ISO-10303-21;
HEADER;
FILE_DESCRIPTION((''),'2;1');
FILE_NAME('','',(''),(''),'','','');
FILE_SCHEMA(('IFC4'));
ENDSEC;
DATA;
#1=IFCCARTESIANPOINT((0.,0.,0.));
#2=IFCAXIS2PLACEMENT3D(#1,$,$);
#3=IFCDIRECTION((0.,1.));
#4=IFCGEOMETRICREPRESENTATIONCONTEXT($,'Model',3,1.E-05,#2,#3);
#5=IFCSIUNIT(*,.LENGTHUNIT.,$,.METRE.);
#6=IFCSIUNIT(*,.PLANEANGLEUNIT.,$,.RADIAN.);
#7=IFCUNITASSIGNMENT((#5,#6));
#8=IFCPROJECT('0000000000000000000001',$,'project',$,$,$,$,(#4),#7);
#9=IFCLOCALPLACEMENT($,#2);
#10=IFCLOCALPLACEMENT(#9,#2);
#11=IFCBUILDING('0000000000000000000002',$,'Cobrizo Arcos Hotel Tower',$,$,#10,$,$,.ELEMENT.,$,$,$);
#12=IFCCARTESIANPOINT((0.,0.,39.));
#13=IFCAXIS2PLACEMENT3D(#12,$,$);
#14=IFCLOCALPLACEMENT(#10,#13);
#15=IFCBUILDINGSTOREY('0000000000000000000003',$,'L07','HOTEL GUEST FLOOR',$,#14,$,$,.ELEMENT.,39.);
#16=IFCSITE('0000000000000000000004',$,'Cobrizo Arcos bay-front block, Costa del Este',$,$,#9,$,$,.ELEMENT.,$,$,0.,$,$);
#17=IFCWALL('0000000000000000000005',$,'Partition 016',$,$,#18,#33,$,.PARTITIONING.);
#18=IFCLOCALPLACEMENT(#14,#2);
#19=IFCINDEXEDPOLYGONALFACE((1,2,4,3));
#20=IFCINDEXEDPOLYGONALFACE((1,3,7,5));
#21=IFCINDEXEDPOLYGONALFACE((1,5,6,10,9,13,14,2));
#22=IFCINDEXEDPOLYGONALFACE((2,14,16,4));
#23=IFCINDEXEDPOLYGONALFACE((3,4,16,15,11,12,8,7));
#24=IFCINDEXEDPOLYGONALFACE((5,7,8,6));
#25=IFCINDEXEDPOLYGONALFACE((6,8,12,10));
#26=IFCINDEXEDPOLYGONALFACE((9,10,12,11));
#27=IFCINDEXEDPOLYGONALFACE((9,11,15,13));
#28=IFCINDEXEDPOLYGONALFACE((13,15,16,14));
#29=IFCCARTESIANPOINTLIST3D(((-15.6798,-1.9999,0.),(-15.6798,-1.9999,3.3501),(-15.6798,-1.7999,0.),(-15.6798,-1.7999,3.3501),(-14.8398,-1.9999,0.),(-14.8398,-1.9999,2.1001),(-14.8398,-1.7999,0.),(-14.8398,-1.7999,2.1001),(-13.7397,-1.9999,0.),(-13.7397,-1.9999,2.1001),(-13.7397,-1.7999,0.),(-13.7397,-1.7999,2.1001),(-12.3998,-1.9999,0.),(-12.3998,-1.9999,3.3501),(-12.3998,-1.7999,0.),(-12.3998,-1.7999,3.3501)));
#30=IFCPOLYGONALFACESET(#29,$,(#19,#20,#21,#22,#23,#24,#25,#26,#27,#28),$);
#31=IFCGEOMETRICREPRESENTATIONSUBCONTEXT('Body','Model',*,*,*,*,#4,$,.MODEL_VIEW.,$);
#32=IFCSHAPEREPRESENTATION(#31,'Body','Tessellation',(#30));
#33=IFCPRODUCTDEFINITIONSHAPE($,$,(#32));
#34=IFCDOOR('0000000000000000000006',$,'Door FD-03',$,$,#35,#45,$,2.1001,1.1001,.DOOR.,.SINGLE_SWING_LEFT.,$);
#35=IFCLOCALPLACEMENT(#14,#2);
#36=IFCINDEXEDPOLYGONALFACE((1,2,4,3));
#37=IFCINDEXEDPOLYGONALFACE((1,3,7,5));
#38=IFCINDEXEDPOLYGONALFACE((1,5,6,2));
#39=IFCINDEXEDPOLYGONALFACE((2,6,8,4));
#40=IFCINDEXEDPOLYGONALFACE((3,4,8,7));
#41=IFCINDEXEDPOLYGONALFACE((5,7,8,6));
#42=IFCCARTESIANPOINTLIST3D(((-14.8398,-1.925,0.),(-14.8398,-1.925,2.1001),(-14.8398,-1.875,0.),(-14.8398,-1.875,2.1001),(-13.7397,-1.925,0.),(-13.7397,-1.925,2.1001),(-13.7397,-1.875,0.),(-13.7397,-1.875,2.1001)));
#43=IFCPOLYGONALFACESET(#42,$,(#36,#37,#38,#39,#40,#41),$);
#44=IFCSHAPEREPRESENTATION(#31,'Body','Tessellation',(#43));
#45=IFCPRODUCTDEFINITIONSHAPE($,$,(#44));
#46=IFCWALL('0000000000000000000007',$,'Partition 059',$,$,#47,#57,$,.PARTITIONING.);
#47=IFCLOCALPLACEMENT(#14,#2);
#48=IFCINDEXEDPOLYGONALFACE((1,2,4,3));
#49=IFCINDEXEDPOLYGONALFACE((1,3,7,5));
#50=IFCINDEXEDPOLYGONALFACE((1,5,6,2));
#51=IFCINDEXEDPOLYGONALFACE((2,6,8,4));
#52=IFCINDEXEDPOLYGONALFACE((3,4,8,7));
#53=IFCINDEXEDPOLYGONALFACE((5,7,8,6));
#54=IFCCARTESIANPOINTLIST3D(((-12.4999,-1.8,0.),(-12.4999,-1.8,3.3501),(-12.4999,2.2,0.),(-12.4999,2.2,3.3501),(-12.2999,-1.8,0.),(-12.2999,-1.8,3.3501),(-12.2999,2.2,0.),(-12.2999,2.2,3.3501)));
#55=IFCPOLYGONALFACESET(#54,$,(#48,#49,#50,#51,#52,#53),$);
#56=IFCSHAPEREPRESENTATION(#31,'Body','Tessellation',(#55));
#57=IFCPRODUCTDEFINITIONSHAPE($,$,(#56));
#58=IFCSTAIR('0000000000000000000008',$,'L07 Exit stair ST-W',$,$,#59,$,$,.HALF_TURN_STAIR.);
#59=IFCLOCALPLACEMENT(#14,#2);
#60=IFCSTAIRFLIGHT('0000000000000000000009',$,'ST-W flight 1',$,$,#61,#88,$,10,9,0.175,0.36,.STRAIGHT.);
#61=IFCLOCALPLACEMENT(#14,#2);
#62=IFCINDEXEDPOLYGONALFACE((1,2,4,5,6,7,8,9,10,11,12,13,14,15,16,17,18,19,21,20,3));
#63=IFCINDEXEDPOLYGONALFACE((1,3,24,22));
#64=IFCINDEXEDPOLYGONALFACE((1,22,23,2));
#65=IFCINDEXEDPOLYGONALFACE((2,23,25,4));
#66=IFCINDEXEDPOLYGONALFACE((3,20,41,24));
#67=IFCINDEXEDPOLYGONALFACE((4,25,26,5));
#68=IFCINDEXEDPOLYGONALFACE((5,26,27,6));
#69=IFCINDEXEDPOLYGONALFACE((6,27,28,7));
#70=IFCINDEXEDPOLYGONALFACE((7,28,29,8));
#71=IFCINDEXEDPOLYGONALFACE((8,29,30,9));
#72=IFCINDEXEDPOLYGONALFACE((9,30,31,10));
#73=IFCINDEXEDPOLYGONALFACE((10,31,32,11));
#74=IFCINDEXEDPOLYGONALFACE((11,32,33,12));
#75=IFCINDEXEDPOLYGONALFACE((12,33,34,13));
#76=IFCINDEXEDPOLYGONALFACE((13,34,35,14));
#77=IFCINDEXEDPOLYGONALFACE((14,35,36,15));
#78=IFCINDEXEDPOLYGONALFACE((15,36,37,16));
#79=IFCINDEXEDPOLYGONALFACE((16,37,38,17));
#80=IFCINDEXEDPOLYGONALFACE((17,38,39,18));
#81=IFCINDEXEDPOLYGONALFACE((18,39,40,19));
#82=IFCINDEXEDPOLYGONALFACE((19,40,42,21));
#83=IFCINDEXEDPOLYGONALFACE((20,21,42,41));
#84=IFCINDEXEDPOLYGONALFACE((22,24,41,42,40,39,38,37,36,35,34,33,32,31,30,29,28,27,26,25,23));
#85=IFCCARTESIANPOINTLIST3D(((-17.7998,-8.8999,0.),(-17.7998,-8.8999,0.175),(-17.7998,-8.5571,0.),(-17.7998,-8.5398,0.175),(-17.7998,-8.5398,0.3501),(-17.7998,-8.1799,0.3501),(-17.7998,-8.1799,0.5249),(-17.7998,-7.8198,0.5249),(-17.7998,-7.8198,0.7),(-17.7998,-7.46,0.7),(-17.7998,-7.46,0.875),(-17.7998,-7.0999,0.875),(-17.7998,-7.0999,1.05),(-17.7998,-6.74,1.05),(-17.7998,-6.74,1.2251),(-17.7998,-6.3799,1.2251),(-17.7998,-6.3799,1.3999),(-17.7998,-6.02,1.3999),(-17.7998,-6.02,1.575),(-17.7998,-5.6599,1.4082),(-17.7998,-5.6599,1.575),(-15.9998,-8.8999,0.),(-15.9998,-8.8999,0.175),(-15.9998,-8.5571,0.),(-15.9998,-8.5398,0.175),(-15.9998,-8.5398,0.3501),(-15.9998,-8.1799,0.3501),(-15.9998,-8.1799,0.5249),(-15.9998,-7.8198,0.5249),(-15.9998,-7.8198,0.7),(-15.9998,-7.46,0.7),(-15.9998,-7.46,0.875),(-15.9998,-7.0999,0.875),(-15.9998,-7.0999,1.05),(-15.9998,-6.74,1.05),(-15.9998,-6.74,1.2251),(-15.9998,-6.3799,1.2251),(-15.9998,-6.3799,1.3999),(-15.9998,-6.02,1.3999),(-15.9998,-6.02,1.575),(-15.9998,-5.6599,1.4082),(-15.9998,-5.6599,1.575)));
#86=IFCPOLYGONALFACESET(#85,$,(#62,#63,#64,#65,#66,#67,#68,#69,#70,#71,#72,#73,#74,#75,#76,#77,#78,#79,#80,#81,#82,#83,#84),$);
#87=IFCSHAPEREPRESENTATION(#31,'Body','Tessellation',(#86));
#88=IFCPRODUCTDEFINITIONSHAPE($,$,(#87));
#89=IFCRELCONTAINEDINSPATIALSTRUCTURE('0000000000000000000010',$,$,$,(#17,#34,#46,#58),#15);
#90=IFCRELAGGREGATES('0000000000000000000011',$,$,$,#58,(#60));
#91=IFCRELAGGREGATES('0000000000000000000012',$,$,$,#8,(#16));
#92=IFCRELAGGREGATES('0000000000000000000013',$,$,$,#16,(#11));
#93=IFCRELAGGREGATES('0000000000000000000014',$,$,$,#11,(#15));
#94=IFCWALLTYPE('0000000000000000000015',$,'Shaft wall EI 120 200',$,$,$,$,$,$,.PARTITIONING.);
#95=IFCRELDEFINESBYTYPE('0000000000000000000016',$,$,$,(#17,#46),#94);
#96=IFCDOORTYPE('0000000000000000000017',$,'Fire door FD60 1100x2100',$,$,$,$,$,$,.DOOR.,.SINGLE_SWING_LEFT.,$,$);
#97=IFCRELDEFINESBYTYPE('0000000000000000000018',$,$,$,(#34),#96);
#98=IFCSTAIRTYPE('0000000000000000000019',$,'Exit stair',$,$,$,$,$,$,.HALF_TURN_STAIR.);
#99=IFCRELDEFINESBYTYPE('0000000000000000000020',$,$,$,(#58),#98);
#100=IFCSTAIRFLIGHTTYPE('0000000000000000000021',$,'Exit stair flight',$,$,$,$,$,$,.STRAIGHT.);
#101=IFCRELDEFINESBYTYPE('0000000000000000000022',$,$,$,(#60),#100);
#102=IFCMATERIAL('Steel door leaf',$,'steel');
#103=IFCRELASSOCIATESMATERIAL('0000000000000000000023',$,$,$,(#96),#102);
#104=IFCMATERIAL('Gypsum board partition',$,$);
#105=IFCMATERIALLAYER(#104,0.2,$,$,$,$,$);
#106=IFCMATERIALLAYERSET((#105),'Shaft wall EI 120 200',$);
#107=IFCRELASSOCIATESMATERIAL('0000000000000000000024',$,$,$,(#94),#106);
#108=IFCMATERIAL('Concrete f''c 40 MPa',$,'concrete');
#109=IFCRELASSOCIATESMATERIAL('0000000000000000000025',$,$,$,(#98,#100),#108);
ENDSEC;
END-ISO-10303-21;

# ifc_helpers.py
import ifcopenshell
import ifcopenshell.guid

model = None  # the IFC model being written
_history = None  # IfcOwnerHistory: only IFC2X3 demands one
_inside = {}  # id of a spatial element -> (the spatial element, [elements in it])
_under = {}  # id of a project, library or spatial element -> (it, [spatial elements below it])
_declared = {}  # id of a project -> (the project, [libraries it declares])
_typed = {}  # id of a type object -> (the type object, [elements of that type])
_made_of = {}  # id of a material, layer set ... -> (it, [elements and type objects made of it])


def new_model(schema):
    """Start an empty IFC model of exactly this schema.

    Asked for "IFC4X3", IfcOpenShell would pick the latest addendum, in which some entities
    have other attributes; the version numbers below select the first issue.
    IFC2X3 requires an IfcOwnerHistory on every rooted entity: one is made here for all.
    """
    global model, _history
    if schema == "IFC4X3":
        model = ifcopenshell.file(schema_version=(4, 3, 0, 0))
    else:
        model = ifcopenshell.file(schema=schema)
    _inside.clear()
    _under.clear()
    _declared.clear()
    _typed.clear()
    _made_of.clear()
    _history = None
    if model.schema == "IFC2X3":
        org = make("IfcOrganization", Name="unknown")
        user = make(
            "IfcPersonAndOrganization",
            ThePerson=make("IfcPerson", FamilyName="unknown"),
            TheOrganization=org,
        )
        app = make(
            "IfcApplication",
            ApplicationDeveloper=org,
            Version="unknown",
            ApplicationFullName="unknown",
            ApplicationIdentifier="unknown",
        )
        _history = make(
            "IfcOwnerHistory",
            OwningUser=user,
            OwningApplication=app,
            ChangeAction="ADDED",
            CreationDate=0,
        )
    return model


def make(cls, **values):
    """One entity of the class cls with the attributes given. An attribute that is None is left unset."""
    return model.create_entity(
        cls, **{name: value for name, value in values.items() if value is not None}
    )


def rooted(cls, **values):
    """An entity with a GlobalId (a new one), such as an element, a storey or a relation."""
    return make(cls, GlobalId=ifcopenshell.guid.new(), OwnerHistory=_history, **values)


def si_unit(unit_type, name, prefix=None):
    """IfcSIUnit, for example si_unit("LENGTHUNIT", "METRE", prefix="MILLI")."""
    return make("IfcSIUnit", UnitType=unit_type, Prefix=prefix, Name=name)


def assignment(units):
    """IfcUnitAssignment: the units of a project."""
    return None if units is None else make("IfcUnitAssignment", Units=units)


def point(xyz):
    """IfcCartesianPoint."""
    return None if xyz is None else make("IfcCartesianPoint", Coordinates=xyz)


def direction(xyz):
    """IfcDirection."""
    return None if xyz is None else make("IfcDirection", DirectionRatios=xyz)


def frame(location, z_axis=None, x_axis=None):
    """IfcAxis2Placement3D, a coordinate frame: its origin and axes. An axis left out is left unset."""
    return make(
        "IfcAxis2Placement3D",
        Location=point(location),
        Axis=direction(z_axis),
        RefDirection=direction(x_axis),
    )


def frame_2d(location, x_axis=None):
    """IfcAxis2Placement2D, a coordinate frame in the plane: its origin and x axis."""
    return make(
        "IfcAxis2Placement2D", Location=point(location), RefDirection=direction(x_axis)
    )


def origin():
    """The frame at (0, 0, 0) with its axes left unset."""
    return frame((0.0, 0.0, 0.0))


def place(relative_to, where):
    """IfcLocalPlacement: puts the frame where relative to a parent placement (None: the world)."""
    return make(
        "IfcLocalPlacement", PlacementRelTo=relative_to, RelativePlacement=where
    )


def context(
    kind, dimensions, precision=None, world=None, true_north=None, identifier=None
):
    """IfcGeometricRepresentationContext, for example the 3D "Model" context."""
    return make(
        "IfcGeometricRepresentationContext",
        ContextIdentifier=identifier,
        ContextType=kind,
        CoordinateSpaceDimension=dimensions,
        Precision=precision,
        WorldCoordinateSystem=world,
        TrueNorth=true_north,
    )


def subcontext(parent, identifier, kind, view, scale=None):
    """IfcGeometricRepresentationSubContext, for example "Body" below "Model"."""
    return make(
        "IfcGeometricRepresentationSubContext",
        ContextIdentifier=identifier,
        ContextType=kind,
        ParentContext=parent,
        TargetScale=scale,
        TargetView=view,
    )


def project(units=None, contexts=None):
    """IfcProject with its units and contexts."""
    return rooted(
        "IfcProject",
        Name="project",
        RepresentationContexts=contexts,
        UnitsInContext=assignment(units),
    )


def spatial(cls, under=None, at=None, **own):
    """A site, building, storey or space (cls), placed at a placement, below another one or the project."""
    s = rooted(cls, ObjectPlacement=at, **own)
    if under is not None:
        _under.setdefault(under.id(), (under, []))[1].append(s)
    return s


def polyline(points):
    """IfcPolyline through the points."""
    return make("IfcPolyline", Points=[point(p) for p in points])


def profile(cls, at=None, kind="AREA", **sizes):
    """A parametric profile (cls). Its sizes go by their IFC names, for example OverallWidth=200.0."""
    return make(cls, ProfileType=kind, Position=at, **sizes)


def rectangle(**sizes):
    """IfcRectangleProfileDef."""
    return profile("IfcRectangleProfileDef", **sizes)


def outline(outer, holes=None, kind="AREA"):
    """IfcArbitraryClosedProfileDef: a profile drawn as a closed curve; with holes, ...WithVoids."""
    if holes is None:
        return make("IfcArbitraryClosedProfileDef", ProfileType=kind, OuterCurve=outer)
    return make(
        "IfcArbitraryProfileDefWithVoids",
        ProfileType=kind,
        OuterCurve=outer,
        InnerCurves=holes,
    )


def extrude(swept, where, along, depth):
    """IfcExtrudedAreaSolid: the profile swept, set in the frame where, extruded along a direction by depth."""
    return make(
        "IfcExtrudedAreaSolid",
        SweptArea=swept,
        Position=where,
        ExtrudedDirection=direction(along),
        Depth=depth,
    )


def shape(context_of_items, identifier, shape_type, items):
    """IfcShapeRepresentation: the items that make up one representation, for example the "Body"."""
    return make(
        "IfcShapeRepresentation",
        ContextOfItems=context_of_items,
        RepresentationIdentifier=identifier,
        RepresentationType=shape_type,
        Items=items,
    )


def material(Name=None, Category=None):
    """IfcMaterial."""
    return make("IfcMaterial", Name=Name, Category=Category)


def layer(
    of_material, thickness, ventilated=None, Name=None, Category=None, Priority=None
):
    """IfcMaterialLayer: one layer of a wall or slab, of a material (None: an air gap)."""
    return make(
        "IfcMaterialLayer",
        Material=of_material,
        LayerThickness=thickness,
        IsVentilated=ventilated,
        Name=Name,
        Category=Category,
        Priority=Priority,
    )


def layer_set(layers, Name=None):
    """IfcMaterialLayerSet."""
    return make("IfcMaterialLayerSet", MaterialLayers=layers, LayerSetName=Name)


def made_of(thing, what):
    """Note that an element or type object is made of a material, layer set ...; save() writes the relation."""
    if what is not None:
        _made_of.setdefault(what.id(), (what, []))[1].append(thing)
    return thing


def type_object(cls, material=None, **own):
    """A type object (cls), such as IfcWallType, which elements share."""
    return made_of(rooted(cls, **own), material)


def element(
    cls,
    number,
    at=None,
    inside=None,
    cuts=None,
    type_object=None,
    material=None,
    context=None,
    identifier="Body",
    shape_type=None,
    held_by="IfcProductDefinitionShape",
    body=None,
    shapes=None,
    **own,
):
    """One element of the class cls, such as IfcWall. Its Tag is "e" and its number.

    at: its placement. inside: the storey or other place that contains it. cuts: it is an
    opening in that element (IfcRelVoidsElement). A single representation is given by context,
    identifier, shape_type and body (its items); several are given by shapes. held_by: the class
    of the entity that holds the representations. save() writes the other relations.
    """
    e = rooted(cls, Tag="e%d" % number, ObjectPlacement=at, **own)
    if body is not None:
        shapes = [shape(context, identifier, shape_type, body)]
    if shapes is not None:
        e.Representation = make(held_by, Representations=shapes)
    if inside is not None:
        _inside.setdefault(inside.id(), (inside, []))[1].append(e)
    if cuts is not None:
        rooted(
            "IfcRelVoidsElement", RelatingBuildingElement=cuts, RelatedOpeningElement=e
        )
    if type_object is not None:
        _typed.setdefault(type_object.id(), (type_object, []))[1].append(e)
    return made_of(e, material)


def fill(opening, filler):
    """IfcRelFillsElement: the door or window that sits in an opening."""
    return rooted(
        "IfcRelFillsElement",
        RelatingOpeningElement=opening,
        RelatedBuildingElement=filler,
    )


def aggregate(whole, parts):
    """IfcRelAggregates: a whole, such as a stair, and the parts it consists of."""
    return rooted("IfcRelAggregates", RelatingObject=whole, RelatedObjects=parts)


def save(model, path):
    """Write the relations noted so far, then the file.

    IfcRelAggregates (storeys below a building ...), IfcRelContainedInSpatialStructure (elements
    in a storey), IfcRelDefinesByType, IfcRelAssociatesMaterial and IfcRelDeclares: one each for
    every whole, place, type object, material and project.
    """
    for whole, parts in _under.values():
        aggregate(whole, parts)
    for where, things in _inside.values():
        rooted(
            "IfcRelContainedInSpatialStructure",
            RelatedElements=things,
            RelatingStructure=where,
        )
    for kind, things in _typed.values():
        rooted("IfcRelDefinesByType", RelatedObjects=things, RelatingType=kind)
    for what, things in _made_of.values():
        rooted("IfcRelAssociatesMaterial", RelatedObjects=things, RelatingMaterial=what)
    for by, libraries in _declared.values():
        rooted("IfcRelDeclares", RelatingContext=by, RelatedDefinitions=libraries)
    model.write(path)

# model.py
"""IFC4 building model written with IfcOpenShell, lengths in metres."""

from ifc_helpers import new_model, si_unit, direction, frame, frame_2d, origin, place, context, subcontext, project, spatial, polyline, rectangle, outline, extrude, material, layer, layer_set, type_object, element, fill, aggregate, save


model = new_model("IFC4")

# Units and contexts
model_context = context("Model", 3, precision=1e-05, world=origin(), true_north=direction((0.0, 1.0)))
body_context = subcontext(model_context, "Body", "Model", "MODEL_VIEW")
ifc_project = project(units=[si_unit("LENGTHUNIT", "METRE"), si_unit("PLANEANGLEUNIT", "RADIAN")], contexts=[model_context])

# Site, building, storey
site_placement = place(None, origin())
site = spatial("IfcSite", under=ifc_project, at=site_placement, Name="Cobrizo Arcos bay-front block, Costa del Este", CompositionType="ELEMENT", RefElevation=0.0)
building_placement = place(site_placement, origin())
building = spatial("IfcBuilding", under=site, at=building_placement, Name="Cobrizo Arcos Hotel Tower", CompositionType="ELEMENT")
storey_placement = place(building_placement, frame((0.0, 0.0, 39.0)))
storey = spatial("IfcBuildingStorey", under=building, at=storey_placement, Name="L07", Description="HOTEL GUEST FLOOR", CompositionType="ELEMENT", Elevation=39.0)

# Shared definitions
ifc_material_1 = material(Name="Gypsum board partition")

# Shared definitions
ifc_material_2 = material(Name="Steel door leaf", Category="steel")
door_type_1 = type_object("IfcDoorType", Name="Fire door FD60 1100x2100", OperationType="SINGLE_SWING_LEFT", PredefinedType="DOOR", material=ifc_material_2)

# Wall, opening, door
ifc_layer_1 = layer(ifc_material_1, 0.2)
ifc_layer_set_1 = layer_set([ifc_layer_1], Name="Shaft wall EI 120 200")
wall_type_1 = type_object("IfcWallType", Name="Shaft wall EI 120 200", PredefinedType="PARTITIONING", material=ifc_layer_set_1)
wall_1_placement = place(storey_placement, frame((-15.6799, -1.8999, 0.0), z_axis=(0.0, 0.0, 1.0), x_axis=(1.0, 0.0, 0.0)))
wall_1 = element("IfcWall", 1, at=wall_1_placement, inside=storey, type_object=wall_type_1, Name="Partition 016", PredefinedType="PARTITIONING", context=body_context, shape_type="SweptSolid", body=[
    extrude(rectangle(XDim=3.28, YDim=0.2, at=frame_2d((1.6401, 0.0))), origin(), (0.0, 0.0, 1.0), 3.3501),
])
opening_1_placement = place(wall_1_placement, frame((0.8401, 0.0, 0.0)))
opening_1 = element("IfcOpeningElement", 2, at=opening_1_placement, cuts=wall_1, PredefinedType="OPENING", context=body_context, shape_type="SweptSolid", body=[
    extrude(rectangle(XDim=1.1001, YDim=2.1001, at=frame_2d((0.55, 1.05))), frame((0.0, 0.1121, 0.0), z_axis=(0.0, -1.0, 0.0), x_axis=(1.0, 0.0, 0.0)), (0.0, 0.0, 1.0), 0.2239),
])
door_1_placement = place(opening_1_placement, origin())
door_1 = element("IfcDoor", 3, at=door_1_placement, inside=storey, type_object=door_type_1, Name="Door FD-03", OperationType="SINGLE_SWING_LEFT", OverallHeight=2.1001, OverallWidth=1.1001, PredefinedType="DOOR", context=body_context, shape_type="SweptSolid", body=[
    extrude(rectangle(XDim=1.1001, YDim=2.1001, at=frame_2d((0.55, 1.05))), frame((0.0, 0.0249, 0.0), z_axis=(0.0, -1.0, 0.0), x_axis=(1.0, 0.0, 0.0)), (0.0, 0.0, 1.0), 0.05),
])
fill(opening_1, door_1)

# Wall
wall_2_placement = place(storey_placement, frame((-12.3999, -1.8, 0.0), z_axis=(0.0, 0.0, 1.0), x_axis=(0.0, 1.0, 0.0)))
element("IfcWall", 4, at=wall_2_placement, inside=storey, type_object=wall_type_1, Name="Partition 059", PredefinedType="PARTITIONING", context=body_context, shape_type="SweptSolid", body=[
    extrude(rectangle(XDim=4.0, YDim=0.2, at=frame_2d((2.0, 0.0))), origin(), (0.0, 0.0, 1.0), 3.3501),
])

# Stair, stair flight
ifc_material_3 = material(Name="Concrete f'c 40 MPa", Category="concrete")
stair_type = type_object("IfcStairType", Name="Exit stair", PredefinedType="HALF_TURN_STAIR", material=ifc_material_3)
stair_placement = place(storey_placement, origin())
stair = element("IfcStair", 5, at=stair_placement, inside=storey, type_object=stair_type, Name="L07 Exit stair ST-W", PredefinedType="HALF_TURN_STAIR")
stair_flight_type = type_object("IfcStairFlightType", Name="Exit stair flight", PredefinedType="STRAIGHT", material=ifc_material_3)
stair_flight_placement = place(storey_placement, frame((-16.8999, -8.8999, 0.0), z_axis=(0.0, 0.0, 1.0), x_axis=(0.0, 1.0, 0.0)))
stair_flight = element("IfcStairFlight", 6, at=stair_flight_placement, type_object=stair_flight_type, Name="ST-W flight 1", NumberOfRisers=10, NumberOfTreads=9, PredefinedType="STRAIGHT", RiserHeight=0.175, TreadLength=0.36, context=body_context, shape_type="SweptSolid", body=[
    extrude(outline(polyline([(0.0, 0.0), (0.0, 0.175), (0.3601, 0.175), (0.3601, 0.3501), (0.72, 0.3501), (0.72, 0.5249), (1.0801, 0.5249), (1.0801, 0.7), (1.4399, 0.7), (1.4399, 0.875), (1.8, 0.875), (1.8, 1.05), (2.1599, 1.05), (2.1599, 1.2251), (2.52, 1.2251), (2.52, 1.3999), (2.8799, 1.3999), (2.8799, 1.575), (3.24, 1.575), (3.24, 1.75), (3.24, 1.4082), (0.3428, 0.0), (0.0, 0.0)])), frame((0.0, 0.8999, 0.0), z_axis=(0.0, -1.0, 0.0), x_axis=(1.0, 0.0, 0.0)), (0.0, 0.0, 1.0), 1.8),
])
aggregate(stair, [stair_flight])

save(model, "model.ifc")
